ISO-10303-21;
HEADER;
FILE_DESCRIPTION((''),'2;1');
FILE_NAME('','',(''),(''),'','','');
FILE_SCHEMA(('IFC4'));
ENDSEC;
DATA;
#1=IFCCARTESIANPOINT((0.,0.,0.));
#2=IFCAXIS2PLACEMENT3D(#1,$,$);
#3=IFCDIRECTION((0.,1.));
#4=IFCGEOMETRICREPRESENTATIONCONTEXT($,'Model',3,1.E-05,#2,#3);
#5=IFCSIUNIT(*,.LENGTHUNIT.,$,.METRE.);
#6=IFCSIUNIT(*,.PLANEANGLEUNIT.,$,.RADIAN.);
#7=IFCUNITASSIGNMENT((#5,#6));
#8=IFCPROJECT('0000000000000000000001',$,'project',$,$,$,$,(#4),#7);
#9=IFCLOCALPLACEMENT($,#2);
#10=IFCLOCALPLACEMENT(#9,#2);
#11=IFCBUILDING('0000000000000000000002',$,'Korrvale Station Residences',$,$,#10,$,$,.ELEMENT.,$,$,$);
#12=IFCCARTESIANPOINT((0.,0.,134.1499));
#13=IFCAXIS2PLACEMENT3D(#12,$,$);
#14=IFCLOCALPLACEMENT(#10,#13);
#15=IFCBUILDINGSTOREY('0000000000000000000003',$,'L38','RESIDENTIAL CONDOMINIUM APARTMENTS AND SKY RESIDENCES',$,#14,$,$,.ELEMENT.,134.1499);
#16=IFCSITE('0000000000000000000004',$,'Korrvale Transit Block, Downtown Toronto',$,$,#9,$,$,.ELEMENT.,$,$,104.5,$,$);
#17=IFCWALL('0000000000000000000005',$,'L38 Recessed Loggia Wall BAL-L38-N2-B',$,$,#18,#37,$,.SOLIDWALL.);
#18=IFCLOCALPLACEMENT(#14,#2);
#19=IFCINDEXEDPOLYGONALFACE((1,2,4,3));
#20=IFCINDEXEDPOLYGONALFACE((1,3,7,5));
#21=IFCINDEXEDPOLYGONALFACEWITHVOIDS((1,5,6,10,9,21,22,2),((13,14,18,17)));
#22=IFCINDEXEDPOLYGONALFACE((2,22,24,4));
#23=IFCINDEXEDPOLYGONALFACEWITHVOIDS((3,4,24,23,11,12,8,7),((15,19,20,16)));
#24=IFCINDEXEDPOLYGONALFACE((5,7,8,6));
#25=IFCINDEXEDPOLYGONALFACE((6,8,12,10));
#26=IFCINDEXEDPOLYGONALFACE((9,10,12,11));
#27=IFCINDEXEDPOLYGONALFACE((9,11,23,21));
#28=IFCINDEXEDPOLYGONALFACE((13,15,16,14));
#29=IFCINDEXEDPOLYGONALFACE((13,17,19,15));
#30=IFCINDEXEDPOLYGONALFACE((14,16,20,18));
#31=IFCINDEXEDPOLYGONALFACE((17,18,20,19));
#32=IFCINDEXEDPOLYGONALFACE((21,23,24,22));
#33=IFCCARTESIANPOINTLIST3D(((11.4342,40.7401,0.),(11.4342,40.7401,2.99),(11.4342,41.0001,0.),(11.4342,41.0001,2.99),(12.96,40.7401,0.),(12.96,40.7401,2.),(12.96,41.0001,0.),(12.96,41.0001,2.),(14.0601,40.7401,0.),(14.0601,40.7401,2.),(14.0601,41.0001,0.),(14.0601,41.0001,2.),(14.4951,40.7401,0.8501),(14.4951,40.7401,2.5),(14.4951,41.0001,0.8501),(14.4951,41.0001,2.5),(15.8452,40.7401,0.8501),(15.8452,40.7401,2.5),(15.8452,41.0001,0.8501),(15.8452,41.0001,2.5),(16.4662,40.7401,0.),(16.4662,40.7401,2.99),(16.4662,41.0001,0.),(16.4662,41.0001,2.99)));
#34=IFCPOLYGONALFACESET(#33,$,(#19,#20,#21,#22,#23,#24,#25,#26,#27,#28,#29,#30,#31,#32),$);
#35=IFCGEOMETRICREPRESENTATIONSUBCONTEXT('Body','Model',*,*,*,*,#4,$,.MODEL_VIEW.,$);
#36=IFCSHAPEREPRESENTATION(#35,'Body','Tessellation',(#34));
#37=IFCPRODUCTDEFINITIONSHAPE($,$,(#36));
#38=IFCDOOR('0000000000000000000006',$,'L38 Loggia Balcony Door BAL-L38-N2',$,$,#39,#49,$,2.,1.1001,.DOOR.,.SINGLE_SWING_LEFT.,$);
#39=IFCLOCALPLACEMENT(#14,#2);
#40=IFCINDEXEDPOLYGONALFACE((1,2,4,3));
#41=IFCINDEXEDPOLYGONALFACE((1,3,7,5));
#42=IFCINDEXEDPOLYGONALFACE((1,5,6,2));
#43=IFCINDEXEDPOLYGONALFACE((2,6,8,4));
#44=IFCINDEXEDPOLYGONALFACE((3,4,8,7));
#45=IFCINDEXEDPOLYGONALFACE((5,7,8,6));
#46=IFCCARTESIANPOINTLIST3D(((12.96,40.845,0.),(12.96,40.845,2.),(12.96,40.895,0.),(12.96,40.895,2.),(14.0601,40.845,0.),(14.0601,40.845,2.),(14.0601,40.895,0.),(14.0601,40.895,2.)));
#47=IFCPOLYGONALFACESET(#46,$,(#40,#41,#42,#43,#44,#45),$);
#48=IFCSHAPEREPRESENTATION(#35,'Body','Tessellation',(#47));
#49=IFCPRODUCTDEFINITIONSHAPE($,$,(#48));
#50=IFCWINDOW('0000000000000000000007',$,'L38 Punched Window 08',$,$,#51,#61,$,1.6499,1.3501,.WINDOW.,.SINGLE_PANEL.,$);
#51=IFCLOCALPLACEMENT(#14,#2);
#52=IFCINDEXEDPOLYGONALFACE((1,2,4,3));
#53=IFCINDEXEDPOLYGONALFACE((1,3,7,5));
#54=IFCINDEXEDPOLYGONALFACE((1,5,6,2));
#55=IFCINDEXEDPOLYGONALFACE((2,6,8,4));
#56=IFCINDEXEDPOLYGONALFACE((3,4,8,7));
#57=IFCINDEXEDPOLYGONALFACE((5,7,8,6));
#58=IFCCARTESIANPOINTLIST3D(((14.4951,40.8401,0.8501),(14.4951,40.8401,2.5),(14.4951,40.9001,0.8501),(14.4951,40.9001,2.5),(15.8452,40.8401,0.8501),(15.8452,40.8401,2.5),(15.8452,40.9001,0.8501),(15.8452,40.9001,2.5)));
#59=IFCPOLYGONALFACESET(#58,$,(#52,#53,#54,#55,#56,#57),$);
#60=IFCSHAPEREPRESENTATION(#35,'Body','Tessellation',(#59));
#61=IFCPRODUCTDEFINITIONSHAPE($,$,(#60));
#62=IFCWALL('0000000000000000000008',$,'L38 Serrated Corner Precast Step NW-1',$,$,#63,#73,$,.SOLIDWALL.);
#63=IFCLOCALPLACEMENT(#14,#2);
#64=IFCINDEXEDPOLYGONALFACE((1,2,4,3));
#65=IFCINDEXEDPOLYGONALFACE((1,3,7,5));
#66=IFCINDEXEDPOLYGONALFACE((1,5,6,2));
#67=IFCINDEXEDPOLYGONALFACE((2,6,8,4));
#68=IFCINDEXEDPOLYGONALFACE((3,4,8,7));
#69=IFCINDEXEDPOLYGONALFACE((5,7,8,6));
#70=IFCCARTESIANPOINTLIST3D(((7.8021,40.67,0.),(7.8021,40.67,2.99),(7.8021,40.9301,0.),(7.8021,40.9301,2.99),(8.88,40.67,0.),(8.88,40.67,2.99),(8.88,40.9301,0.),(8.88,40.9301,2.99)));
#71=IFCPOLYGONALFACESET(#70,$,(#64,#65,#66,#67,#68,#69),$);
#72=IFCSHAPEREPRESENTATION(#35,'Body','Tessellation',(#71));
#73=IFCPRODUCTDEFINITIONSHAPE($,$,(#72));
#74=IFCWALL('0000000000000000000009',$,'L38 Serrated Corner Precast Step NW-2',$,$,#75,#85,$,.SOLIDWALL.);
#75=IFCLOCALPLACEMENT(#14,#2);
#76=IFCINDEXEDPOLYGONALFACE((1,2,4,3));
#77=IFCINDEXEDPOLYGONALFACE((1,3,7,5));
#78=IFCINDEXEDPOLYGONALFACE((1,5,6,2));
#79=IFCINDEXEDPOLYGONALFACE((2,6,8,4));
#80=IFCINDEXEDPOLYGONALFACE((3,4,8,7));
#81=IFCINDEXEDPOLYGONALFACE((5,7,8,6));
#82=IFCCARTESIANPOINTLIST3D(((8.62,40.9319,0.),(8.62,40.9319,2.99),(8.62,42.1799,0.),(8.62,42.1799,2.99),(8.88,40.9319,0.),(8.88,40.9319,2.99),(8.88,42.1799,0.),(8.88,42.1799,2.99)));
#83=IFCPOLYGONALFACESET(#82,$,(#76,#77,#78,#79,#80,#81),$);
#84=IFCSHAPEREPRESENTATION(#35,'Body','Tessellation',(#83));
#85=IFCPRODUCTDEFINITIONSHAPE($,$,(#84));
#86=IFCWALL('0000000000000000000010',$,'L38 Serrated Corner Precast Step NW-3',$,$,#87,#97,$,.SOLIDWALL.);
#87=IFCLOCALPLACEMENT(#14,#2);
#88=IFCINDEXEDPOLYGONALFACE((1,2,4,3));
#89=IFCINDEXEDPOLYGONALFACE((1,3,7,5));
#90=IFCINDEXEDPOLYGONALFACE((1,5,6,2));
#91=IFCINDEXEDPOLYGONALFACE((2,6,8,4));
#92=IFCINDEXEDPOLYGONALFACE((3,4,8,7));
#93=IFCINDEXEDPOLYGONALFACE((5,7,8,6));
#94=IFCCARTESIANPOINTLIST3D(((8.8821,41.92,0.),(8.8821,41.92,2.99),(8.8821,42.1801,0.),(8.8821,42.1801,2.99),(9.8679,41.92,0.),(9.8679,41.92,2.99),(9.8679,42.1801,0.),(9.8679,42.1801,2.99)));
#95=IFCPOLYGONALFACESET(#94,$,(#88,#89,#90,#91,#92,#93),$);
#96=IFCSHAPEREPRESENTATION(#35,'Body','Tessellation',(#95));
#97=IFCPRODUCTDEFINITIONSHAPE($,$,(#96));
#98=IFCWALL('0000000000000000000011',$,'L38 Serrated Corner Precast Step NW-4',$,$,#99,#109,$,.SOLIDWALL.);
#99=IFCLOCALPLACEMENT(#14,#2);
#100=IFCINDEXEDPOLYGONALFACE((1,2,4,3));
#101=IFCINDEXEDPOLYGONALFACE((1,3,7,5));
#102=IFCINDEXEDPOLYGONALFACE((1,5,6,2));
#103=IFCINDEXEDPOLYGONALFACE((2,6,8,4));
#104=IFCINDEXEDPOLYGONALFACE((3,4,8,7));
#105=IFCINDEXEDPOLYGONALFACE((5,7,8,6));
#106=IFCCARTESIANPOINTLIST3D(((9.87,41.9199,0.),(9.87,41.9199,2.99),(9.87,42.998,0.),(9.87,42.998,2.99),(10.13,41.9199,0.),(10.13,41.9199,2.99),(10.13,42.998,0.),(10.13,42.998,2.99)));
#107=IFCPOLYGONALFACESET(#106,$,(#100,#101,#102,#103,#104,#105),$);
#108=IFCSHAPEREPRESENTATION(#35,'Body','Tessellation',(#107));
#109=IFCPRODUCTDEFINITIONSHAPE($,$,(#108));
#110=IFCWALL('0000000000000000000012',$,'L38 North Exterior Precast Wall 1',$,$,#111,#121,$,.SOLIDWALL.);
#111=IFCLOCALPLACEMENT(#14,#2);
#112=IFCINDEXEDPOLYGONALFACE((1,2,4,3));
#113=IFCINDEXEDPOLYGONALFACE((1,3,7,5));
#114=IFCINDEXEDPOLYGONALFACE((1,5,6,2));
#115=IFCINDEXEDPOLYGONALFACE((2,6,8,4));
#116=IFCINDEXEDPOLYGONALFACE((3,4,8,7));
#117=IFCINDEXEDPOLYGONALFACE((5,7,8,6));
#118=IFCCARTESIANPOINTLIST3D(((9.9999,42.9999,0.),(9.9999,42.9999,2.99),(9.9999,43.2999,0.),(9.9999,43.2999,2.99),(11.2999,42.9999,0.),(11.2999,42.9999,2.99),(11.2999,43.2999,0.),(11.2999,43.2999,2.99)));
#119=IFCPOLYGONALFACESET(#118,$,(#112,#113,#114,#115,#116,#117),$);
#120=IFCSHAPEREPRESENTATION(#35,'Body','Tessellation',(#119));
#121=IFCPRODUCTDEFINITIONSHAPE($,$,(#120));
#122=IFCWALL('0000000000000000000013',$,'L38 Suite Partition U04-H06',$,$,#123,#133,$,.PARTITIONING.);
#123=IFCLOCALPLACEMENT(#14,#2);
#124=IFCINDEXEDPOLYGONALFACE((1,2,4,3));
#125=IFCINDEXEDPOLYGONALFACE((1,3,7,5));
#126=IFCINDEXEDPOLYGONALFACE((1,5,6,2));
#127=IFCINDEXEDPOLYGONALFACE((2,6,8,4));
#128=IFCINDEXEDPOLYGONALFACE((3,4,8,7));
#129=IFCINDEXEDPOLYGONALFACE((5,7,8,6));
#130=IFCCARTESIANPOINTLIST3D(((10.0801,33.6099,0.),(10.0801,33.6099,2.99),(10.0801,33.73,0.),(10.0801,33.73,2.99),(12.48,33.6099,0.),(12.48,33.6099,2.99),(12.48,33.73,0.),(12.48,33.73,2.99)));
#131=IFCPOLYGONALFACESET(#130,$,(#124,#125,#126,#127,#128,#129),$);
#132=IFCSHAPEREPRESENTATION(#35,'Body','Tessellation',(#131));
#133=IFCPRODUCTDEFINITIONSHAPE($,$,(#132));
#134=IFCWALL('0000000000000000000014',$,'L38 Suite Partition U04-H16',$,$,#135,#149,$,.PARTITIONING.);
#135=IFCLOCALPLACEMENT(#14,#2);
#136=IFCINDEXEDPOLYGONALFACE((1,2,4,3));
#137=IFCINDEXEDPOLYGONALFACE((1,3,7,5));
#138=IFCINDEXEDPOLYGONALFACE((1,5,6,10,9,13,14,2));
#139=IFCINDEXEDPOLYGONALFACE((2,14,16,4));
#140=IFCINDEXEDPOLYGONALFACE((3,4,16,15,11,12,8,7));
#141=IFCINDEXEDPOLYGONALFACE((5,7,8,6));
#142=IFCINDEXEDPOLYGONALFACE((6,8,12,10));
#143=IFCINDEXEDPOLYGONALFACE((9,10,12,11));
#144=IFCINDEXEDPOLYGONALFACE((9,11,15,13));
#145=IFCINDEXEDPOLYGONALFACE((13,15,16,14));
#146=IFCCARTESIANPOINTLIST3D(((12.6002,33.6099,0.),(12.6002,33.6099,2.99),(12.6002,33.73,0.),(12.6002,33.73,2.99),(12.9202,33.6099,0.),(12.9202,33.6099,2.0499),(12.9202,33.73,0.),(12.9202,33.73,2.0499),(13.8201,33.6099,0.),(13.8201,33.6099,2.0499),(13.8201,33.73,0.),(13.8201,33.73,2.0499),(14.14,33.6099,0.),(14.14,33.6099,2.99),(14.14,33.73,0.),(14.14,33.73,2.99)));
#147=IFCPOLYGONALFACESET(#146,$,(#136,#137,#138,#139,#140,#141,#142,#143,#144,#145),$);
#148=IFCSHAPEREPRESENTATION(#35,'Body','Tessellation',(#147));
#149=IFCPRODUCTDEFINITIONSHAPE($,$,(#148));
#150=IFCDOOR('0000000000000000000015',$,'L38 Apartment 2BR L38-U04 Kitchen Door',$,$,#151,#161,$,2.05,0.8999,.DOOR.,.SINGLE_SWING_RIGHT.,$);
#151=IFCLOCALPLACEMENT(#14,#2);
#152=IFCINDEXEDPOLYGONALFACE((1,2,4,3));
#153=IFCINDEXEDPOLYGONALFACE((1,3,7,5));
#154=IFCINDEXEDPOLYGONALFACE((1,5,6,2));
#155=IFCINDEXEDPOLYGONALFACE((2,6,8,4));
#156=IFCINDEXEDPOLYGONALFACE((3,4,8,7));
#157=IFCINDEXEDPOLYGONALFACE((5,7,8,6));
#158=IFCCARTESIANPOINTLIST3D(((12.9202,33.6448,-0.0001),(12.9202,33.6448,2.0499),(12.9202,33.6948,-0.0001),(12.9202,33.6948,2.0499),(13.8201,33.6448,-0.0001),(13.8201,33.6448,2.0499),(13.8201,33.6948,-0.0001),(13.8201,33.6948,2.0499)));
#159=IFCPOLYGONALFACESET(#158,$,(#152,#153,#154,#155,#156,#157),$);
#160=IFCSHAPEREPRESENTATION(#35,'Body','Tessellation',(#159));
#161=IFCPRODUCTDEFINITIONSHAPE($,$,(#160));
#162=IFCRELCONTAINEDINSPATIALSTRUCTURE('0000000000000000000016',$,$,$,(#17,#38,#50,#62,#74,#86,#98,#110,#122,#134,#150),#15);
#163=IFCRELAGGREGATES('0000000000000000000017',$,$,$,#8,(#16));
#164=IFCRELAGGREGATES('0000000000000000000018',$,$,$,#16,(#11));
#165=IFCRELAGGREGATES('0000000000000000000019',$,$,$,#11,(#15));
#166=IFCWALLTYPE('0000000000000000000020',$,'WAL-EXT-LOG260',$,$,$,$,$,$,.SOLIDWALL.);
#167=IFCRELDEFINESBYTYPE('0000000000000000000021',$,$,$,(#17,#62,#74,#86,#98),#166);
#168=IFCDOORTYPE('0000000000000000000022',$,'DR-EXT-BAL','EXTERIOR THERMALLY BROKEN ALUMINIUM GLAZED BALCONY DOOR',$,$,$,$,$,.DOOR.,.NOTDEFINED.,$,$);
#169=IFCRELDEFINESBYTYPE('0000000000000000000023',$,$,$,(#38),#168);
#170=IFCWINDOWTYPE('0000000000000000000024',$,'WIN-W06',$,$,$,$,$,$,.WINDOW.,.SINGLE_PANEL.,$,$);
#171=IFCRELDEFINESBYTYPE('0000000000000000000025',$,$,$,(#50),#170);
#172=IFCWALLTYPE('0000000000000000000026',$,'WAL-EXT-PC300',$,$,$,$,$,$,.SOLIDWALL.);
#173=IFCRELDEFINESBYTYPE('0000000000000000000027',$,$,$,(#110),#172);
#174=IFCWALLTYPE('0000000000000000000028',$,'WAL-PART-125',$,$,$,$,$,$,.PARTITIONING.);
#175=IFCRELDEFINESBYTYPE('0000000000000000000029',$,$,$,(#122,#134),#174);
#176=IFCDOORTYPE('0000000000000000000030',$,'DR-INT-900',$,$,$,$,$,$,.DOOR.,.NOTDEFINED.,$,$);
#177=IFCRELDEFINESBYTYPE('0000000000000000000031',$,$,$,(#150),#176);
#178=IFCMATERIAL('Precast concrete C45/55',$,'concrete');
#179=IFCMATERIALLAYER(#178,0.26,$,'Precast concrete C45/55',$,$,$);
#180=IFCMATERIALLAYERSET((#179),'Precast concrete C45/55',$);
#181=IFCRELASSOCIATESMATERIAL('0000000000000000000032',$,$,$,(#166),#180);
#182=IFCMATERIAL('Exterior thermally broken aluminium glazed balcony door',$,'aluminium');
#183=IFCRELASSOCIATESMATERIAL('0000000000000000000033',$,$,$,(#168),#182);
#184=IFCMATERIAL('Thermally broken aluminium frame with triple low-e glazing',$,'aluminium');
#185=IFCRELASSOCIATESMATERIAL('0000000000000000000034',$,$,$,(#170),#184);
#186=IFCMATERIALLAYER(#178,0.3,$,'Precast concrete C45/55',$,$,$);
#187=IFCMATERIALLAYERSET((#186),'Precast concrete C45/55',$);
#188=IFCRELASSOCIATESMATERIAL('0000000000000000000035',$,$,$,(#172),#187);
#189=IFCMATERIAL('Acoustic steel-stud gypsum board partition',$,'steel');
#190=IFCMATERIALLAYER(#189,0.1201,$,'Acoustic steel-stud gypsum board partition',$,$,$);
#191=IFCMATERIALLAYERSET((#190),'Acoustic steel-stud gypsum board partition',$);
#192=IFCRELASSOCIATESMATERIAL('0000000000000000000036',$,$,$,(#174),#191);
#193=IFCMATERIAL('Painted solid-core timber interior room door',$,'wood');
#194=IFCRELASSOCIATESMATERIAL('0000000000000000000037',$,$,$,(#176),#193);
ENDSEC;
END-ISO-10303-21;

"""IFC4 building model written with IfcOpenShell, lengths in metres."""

from ifc_helpers import new_model, si_unit, direction, frame, frame_2d, origin, place, context, subcontext, project, spatial, rectangle, extrude, material, layer, layer_set, type_object, element, fill, save


model = new_model("IFC4")

# Units and contexts
model_context = context("Model", 3, precision=1e-05, world=origin(), true_north=direction((0.0, 1.0)))
body_context = subcontext(model_context, "Body", "Model", "MODEL_VIEW")
ifc_project = project(units=[si_unit("LENGTHUNIT", "METRE"), si_unit("PLANEANGLEUNIT", "RADIAN")], contexts=[model_context])

# Site, building, storey
site_placement = place(None, origin())
site = spatial("IfcSite", under=ifc_project, at=site_placement, Name="Korrvale Transit Block, Downtown Toronto", CompositionType="ELEMENT", RefElevation=104.5)
building_placement = place(site_placement, origin())
building = spatial("IfcBuilding", under=site, at=building_placement, Name="Korrvale Station Residences", CompositionType="ELEMENT")
storey_placement = place(building_placement, frame((0.0, 0.0, 134.1499)))
storey = spatial("IfcBuildingStorey", under=building, at=storey_placement, Name="L38", Description="RESIDENTIAL CONDOMINIUM APARTMENTS AND SKY RESIDENCES", CompositionType="ELEMENT", Elevation=134.1499)

# Shared definitions
ifc_material_1 = material(Name="Precast concrete C45/55", Category="concrete")
ifc_layer_1 = layer(ifc_material_1, 0.26, Name="Precast concrete C45/55")
ifc_layer_set_1 = layer_set([ifc_layer_1], Name="Precast concrete C45/55")
wall_type_1 = type_object("IfcWallType", Name="WAL-EXT-LOG260", PredefinedType="SOLIDWALL", material=ifc_layer_set_1)

# Wall, openings, door, window
wall_1_placement = place(storey_placement, frame((11.4341, 40.8701, 0.0), z_axis=(0.0, 0.0, 1.0), x_axis=(1.0, 0.0, 0.0)))
wall_1 = element("IfcWall", 1, at=wall_1_placement, inside=storey, type_object=wall_type_1, Name="L38 Recessed Loggia Wall BAL-L38-N2-B", PredefinedType="SOLIDWALL", context=body_context, shape_type="SweptSolid", body=[
    extrude(rectangle(XDim=5.032, YDim=0.26, at=frame_2d((2.5161, 0.0))), origin(), (0.0, 0.0, 1.0), 2.99),
])
opening_1_placement = place(wall_1_placement, frame((1.5259, 0.0, 0.0)))
opening_1 = element("IfcOpeningElement", 2, at=opening_1_placement, cuts=wall_1, PredefinedType="OPENING", context=body_context, shape_type="SweptSolid", body=[
    extrude(rectangle(XDim=1.1001, YDim=2.0, at=frame_2d((0.55, 1.0))), frame((0.0, 0.1401, 0.0), z_axis=(0.0, -1.0, 0.0), x_axis=(1.0, 0.0, 0.0)), (0.0, 0.0, 1.0), 0.28),
])
opening_2_placement = place(wall_1_placement, frame((3.061, 0.0, 0.8501)))
opening_2 = element("IfcOpeningElement", 3, at=opening_2_placement, cuts=wall_1, PredefinedType="OPENING", context=body_context, shape_type="SweptSolid", body=[
    extrude(rectangle(XDim=1.3501, YDim=1.6499, at=frame_2d((0.675, 0.825))), frame((0.0, 0.1401, 0.0), z_axis=(0.0, -1.0, 0.0), x_axis=(1.0, 0.0, 0.0)), (0.0, 0.0, 1.0), 0.28),
])
ifc_material_2 = material(Name="Exterior thermally broken aluminium glazed balcony door", Category="aluminium")
door_type_1 = type_object("IfcDoorType", Name="DR-EXT-BAL", Description="EXTERIOR THERMALLY BROKEN ALUMINIUM GLAZED BALCONY DOOR", OperationType="NOTDEFINED", PredefinedType="DOOR", material=ifc_material_2)
door_1_placement = place(opening_1_placement, origin())
door_1 = element("IfcDoor", 4, at=door_1_placement, inside=storey, type_object=door_type_1, Name="L38 Loggia Balcony Door BAL-L38-N2", OperationType="SINGLE_SWING_LEFT", OverallHeight=2.0, OverallWidth=1.1001, PredefinedType="DOOR", context=body_context, shape_type="SweptSolid", body=[
    extrude(rectangle(XDim=1.1001, YDim=2.0, at=frame_2d((0.55, 1.0))), frame((0.0, 0.0249, 0.0), z_axis=(0.0, -1.0, 0.0), x_axis=(1.0, 0.0, 0.0)), (0.0, 0.0, 1.0), 0.05),
])
fill(opening_1, door_1)
ifc_material_3 = material(Name="Thermally broken aluminium frame with triple low-e glazing", Category="aluminium")
window_type = type_object("IfcWindowType", Name="WIN-W06", PartitioningType="SINGLE_PANEL", PredefinedType="WINDOW", material=ifc_material_3)
window_placement = place(opening_2_placement, origin())
window = element("IfcWindow", 5, at=window_placement, inside=storey, type_object=window_type, Name="L38 Punched Window 08", OverallHeight=1.6499, OverallWidth=1.3501, PartitioningType="SINGLE_PANEL", PredefinedType="WINDOW", context=body_context, shape_type="SweptSolid", body=[
    extrude(rectangle(XDim=1.3501, YDim=1.6499, at=frame_2d((0.675, 0.825))), frame((0.0, 0.03, 0.0), z_axis=(0.0, -1.0, 0.0), x_axis=(1.0, 0.0, 0.0)), (0.0, 0.0, 1.0), 0.0601),
])
fill(opening_2, window)

# Walls
wall_2_placement = place(storey_placement, frame((7.802, 40.8, 0.0), z_axis=(0.0, 0.0, 1.0), x_axis=(1.0, 0.0, 0.0)))
element("IfcWall", 6, at=wall_2_placement, inside=storey, type_object=wall_type_1, Name="L38 Serrated Corner Precast Step NW-1", PredefinedType="SOLIDWALL", context=body_context, shape_type="SweptSolid", body=[
    extrude(rectangle(XDim=1.0779, YDim=0.26, at=frame_2d((0.5391, 0.0))), origin(), (0.0, 0.0, 1.0), 2.99),
])
wall_3_placement = place(storey_placement, frame((8.75, 40.9319, 0.0), z_axis=(0.0, 0.0, 1.0), x_axis=(0.0, 1.0, 0.0)))
element("IfcWall", 7, at=wall_3_placement, inside=storey, type_object=wall_type_1, Name="L38 Serrated Corner Precast Step NW-2", PredefinedType="SOLIDWALL", context=body_context, shape_type="SweptSolid", body=[
    extrude(rectangle(XDim=1.248, YDim=0.26, at=frame_2d((0.624, 0.0))), origin(), (0.0, 0.0, 1.0), 2.99),
])
wall_4_placement = place(storey_placement, frame((8.8821, 42.05, 0.0), z_axis=(0.0, 0.0, 1.0), x_axis=(1.0, 0.0, 0.0)))
element("IfcWall", 8, at=wall_4_placement, inside=storey, type_object=wall_type_1, Name="L38 Serrated Corner Precast Step NW-3", PredefinedType="SOLIDWALL", context=body_context, shape_type="SweptSolid", body=[
    extrude(rectangle(XDim=0.9858, YDim=0.26, at=frame_2d((0.4929, 0.0))), origin(), (0.0, 0.0, 1.0), 2.99),
])
wall_5_placement = place(storey_placement, frame((10.0, 41.9199, 0.0), z_axis=(0.0, 0.0, 1.0), x_axis=(0.0, 1.0, 0.0)))
element("IfcWall", 9, at=wall_5_placement, inside=storey, type_object=wall_type_1, Name="L38 Serrated Corner Precast Step NW-4", PredefinedType="SOLIDWALL", context=body_context, shape_type="SweptSolid", body=[
    extrude(rectangle(XDim=1.0781, YDim=0.26, at=frame_2d((0.5391, 0.0))), origin(), (0.0, 0.0, 1.0), 2.99),
])
ifc_layer_2 = layer(ifc_material_1, 0.3, Name="Precast concrete C45/55")
ifc_layer_set_2 = layer_set([ifc_layer_2], Name="Precast concrete C45/55")
wall_type_2 = type_object("IfcWallType", Name="WAL-EXT-PC300", PredefinedType="SOLIDWALL", material=ifc_layer_set_2)
wall_6_placement = place(storey_placement, frame((10.0, 43.1499, 0.0), z_axis=(0.0, 0.0, 1.0), x_axis=(1.0, 0.0, 0.0)))
element("IfcWall", 10, at=wall_6_placement, inside=storey, type_object=wall_type_2, Name="L38 North Exterior Precast Wall 1", PredefinedType="SOLIDWALL", context=body_context, shape_type="SweptSolid", body=[
    extrude(rectangle(XDim=1.3, YDim=0.3, at=frame_2d((0.6499, 0.0))), origin(), (0.0, 0.0, 1.0), 2.99),
])
ifc_material_4 = material(Name="Acoustic steel-stud gypsum board partition", Category="steel")
ifc_layer_3 = layer(ifc_material_4, 0.1201, Name="Acoustic steel-stud gypsum board partition")
ifc_layer_set_3 = layer_set([ifc_layer_3], Name="Acoustic steel-stud gypsum board partition")
wall_type_3 = type_object("IfcWallType", Name="WAL-PART-125", PredefinedType="PARTITIONING", material=ifc_layer_set_3)
wall_7_placement = place(storey_placement, frame((10.0801, 33.6699, 0.0), z_axis=(0.0, 0.0, 1.0), x_axis=(1.0, 0.0, 0.0)))
element("IfcWall", 11, at=wall_7_placement, inside=storey, type_object=wall_type_3, Name="L38 Suite Partition U04-H06", PredefinedType="PARTITIONING", context=body_context, shape_type="SweptSolid", body=[
    extrude(rectangle(XDim=2.3999, YDim=0.1201, at=frame_2d((1.2, 0.0))), origin(), (0.0, 0.0, 1.0), 2.99),
])

# Wall, opening, door
wall_8_placement = place(storey_placement, frame((12.6001, 33.6699, 0.0), z_axis=(0.0, 0.0, 1.0), x_axis=(1.0, 0.0, 0.0)))
wall_8 = element("IfcWall", 12, at=wall_8_placement, inside=storey, type_object=wall_type_3, Name="L38 Suite Partition U04-H16", PredefinedType="PARTITIONING", context=body_context, shape_type="SweptSolid", body=[
    extrude(rectangle(XDim=1.5398, YDim=0.1201, at=frame_2d((0.77, 0.0))), origin(), (0.0, 0.0, 1.0), 2.99),
])
opening_3_placement = place(wall_8_placement, frame((0.3201, 0.0, 0.0)))
opening_3 = element("IfcOpeningElement", 13, at=opening_3_placement, cuts=wall_8, PredefinedType="OPENING", context=body_context, shape_type="SweptSolid", body=[
    extrude(rectangle(XDim=0.8999, YDim=2.05, at=frame_2d((0.45, 1.0249))), frame((0.0, 0.0701, 0.0), z_axis=(0.0, -1.0, 0.0), x_axis=(1.0, 0.0, 0.0)), (0.0, 0.0, 1.0), 0.1401),
])
ifc_material_5 = material(Name="Painted solid-core timber interior room door", Category="wood")
door_type_2 = type_object("IfcDoorType", Name="DR-INT-900", OperationType="NOTDEFINED", PredefinedType="DOOR", material=ifc_material_5)
door_2_placement = place(opening_3_placement, origin())
door_2 = element("IfcDoor", 14, at=door_2_placement, inside=storey, type_object=door_type_2, Name="L38 Apartment 2BR L38-U04 Kitchen Door", OperationType="SINGLE_SWING_RIGHT", OverallHeight=2.05, OverallWidth=0.8999, PredefinedType="DOOR", context=body_context, shape_type="SweptSolid", body=[
    extrude(rectangle(XDim=0.8999, YDim=2.05, at=frame_2d((0.45, 1.0249))), frame((0.0, 0.0249, 0.0), z_axis=(0.0, -1.0, 0.0), x_axis=(1.0, 0.0, 0.0)), (0.0, 0.0, 1.0), 0.05),
])
fill(opening_3, door_2)

save(model, "model.ifc")
